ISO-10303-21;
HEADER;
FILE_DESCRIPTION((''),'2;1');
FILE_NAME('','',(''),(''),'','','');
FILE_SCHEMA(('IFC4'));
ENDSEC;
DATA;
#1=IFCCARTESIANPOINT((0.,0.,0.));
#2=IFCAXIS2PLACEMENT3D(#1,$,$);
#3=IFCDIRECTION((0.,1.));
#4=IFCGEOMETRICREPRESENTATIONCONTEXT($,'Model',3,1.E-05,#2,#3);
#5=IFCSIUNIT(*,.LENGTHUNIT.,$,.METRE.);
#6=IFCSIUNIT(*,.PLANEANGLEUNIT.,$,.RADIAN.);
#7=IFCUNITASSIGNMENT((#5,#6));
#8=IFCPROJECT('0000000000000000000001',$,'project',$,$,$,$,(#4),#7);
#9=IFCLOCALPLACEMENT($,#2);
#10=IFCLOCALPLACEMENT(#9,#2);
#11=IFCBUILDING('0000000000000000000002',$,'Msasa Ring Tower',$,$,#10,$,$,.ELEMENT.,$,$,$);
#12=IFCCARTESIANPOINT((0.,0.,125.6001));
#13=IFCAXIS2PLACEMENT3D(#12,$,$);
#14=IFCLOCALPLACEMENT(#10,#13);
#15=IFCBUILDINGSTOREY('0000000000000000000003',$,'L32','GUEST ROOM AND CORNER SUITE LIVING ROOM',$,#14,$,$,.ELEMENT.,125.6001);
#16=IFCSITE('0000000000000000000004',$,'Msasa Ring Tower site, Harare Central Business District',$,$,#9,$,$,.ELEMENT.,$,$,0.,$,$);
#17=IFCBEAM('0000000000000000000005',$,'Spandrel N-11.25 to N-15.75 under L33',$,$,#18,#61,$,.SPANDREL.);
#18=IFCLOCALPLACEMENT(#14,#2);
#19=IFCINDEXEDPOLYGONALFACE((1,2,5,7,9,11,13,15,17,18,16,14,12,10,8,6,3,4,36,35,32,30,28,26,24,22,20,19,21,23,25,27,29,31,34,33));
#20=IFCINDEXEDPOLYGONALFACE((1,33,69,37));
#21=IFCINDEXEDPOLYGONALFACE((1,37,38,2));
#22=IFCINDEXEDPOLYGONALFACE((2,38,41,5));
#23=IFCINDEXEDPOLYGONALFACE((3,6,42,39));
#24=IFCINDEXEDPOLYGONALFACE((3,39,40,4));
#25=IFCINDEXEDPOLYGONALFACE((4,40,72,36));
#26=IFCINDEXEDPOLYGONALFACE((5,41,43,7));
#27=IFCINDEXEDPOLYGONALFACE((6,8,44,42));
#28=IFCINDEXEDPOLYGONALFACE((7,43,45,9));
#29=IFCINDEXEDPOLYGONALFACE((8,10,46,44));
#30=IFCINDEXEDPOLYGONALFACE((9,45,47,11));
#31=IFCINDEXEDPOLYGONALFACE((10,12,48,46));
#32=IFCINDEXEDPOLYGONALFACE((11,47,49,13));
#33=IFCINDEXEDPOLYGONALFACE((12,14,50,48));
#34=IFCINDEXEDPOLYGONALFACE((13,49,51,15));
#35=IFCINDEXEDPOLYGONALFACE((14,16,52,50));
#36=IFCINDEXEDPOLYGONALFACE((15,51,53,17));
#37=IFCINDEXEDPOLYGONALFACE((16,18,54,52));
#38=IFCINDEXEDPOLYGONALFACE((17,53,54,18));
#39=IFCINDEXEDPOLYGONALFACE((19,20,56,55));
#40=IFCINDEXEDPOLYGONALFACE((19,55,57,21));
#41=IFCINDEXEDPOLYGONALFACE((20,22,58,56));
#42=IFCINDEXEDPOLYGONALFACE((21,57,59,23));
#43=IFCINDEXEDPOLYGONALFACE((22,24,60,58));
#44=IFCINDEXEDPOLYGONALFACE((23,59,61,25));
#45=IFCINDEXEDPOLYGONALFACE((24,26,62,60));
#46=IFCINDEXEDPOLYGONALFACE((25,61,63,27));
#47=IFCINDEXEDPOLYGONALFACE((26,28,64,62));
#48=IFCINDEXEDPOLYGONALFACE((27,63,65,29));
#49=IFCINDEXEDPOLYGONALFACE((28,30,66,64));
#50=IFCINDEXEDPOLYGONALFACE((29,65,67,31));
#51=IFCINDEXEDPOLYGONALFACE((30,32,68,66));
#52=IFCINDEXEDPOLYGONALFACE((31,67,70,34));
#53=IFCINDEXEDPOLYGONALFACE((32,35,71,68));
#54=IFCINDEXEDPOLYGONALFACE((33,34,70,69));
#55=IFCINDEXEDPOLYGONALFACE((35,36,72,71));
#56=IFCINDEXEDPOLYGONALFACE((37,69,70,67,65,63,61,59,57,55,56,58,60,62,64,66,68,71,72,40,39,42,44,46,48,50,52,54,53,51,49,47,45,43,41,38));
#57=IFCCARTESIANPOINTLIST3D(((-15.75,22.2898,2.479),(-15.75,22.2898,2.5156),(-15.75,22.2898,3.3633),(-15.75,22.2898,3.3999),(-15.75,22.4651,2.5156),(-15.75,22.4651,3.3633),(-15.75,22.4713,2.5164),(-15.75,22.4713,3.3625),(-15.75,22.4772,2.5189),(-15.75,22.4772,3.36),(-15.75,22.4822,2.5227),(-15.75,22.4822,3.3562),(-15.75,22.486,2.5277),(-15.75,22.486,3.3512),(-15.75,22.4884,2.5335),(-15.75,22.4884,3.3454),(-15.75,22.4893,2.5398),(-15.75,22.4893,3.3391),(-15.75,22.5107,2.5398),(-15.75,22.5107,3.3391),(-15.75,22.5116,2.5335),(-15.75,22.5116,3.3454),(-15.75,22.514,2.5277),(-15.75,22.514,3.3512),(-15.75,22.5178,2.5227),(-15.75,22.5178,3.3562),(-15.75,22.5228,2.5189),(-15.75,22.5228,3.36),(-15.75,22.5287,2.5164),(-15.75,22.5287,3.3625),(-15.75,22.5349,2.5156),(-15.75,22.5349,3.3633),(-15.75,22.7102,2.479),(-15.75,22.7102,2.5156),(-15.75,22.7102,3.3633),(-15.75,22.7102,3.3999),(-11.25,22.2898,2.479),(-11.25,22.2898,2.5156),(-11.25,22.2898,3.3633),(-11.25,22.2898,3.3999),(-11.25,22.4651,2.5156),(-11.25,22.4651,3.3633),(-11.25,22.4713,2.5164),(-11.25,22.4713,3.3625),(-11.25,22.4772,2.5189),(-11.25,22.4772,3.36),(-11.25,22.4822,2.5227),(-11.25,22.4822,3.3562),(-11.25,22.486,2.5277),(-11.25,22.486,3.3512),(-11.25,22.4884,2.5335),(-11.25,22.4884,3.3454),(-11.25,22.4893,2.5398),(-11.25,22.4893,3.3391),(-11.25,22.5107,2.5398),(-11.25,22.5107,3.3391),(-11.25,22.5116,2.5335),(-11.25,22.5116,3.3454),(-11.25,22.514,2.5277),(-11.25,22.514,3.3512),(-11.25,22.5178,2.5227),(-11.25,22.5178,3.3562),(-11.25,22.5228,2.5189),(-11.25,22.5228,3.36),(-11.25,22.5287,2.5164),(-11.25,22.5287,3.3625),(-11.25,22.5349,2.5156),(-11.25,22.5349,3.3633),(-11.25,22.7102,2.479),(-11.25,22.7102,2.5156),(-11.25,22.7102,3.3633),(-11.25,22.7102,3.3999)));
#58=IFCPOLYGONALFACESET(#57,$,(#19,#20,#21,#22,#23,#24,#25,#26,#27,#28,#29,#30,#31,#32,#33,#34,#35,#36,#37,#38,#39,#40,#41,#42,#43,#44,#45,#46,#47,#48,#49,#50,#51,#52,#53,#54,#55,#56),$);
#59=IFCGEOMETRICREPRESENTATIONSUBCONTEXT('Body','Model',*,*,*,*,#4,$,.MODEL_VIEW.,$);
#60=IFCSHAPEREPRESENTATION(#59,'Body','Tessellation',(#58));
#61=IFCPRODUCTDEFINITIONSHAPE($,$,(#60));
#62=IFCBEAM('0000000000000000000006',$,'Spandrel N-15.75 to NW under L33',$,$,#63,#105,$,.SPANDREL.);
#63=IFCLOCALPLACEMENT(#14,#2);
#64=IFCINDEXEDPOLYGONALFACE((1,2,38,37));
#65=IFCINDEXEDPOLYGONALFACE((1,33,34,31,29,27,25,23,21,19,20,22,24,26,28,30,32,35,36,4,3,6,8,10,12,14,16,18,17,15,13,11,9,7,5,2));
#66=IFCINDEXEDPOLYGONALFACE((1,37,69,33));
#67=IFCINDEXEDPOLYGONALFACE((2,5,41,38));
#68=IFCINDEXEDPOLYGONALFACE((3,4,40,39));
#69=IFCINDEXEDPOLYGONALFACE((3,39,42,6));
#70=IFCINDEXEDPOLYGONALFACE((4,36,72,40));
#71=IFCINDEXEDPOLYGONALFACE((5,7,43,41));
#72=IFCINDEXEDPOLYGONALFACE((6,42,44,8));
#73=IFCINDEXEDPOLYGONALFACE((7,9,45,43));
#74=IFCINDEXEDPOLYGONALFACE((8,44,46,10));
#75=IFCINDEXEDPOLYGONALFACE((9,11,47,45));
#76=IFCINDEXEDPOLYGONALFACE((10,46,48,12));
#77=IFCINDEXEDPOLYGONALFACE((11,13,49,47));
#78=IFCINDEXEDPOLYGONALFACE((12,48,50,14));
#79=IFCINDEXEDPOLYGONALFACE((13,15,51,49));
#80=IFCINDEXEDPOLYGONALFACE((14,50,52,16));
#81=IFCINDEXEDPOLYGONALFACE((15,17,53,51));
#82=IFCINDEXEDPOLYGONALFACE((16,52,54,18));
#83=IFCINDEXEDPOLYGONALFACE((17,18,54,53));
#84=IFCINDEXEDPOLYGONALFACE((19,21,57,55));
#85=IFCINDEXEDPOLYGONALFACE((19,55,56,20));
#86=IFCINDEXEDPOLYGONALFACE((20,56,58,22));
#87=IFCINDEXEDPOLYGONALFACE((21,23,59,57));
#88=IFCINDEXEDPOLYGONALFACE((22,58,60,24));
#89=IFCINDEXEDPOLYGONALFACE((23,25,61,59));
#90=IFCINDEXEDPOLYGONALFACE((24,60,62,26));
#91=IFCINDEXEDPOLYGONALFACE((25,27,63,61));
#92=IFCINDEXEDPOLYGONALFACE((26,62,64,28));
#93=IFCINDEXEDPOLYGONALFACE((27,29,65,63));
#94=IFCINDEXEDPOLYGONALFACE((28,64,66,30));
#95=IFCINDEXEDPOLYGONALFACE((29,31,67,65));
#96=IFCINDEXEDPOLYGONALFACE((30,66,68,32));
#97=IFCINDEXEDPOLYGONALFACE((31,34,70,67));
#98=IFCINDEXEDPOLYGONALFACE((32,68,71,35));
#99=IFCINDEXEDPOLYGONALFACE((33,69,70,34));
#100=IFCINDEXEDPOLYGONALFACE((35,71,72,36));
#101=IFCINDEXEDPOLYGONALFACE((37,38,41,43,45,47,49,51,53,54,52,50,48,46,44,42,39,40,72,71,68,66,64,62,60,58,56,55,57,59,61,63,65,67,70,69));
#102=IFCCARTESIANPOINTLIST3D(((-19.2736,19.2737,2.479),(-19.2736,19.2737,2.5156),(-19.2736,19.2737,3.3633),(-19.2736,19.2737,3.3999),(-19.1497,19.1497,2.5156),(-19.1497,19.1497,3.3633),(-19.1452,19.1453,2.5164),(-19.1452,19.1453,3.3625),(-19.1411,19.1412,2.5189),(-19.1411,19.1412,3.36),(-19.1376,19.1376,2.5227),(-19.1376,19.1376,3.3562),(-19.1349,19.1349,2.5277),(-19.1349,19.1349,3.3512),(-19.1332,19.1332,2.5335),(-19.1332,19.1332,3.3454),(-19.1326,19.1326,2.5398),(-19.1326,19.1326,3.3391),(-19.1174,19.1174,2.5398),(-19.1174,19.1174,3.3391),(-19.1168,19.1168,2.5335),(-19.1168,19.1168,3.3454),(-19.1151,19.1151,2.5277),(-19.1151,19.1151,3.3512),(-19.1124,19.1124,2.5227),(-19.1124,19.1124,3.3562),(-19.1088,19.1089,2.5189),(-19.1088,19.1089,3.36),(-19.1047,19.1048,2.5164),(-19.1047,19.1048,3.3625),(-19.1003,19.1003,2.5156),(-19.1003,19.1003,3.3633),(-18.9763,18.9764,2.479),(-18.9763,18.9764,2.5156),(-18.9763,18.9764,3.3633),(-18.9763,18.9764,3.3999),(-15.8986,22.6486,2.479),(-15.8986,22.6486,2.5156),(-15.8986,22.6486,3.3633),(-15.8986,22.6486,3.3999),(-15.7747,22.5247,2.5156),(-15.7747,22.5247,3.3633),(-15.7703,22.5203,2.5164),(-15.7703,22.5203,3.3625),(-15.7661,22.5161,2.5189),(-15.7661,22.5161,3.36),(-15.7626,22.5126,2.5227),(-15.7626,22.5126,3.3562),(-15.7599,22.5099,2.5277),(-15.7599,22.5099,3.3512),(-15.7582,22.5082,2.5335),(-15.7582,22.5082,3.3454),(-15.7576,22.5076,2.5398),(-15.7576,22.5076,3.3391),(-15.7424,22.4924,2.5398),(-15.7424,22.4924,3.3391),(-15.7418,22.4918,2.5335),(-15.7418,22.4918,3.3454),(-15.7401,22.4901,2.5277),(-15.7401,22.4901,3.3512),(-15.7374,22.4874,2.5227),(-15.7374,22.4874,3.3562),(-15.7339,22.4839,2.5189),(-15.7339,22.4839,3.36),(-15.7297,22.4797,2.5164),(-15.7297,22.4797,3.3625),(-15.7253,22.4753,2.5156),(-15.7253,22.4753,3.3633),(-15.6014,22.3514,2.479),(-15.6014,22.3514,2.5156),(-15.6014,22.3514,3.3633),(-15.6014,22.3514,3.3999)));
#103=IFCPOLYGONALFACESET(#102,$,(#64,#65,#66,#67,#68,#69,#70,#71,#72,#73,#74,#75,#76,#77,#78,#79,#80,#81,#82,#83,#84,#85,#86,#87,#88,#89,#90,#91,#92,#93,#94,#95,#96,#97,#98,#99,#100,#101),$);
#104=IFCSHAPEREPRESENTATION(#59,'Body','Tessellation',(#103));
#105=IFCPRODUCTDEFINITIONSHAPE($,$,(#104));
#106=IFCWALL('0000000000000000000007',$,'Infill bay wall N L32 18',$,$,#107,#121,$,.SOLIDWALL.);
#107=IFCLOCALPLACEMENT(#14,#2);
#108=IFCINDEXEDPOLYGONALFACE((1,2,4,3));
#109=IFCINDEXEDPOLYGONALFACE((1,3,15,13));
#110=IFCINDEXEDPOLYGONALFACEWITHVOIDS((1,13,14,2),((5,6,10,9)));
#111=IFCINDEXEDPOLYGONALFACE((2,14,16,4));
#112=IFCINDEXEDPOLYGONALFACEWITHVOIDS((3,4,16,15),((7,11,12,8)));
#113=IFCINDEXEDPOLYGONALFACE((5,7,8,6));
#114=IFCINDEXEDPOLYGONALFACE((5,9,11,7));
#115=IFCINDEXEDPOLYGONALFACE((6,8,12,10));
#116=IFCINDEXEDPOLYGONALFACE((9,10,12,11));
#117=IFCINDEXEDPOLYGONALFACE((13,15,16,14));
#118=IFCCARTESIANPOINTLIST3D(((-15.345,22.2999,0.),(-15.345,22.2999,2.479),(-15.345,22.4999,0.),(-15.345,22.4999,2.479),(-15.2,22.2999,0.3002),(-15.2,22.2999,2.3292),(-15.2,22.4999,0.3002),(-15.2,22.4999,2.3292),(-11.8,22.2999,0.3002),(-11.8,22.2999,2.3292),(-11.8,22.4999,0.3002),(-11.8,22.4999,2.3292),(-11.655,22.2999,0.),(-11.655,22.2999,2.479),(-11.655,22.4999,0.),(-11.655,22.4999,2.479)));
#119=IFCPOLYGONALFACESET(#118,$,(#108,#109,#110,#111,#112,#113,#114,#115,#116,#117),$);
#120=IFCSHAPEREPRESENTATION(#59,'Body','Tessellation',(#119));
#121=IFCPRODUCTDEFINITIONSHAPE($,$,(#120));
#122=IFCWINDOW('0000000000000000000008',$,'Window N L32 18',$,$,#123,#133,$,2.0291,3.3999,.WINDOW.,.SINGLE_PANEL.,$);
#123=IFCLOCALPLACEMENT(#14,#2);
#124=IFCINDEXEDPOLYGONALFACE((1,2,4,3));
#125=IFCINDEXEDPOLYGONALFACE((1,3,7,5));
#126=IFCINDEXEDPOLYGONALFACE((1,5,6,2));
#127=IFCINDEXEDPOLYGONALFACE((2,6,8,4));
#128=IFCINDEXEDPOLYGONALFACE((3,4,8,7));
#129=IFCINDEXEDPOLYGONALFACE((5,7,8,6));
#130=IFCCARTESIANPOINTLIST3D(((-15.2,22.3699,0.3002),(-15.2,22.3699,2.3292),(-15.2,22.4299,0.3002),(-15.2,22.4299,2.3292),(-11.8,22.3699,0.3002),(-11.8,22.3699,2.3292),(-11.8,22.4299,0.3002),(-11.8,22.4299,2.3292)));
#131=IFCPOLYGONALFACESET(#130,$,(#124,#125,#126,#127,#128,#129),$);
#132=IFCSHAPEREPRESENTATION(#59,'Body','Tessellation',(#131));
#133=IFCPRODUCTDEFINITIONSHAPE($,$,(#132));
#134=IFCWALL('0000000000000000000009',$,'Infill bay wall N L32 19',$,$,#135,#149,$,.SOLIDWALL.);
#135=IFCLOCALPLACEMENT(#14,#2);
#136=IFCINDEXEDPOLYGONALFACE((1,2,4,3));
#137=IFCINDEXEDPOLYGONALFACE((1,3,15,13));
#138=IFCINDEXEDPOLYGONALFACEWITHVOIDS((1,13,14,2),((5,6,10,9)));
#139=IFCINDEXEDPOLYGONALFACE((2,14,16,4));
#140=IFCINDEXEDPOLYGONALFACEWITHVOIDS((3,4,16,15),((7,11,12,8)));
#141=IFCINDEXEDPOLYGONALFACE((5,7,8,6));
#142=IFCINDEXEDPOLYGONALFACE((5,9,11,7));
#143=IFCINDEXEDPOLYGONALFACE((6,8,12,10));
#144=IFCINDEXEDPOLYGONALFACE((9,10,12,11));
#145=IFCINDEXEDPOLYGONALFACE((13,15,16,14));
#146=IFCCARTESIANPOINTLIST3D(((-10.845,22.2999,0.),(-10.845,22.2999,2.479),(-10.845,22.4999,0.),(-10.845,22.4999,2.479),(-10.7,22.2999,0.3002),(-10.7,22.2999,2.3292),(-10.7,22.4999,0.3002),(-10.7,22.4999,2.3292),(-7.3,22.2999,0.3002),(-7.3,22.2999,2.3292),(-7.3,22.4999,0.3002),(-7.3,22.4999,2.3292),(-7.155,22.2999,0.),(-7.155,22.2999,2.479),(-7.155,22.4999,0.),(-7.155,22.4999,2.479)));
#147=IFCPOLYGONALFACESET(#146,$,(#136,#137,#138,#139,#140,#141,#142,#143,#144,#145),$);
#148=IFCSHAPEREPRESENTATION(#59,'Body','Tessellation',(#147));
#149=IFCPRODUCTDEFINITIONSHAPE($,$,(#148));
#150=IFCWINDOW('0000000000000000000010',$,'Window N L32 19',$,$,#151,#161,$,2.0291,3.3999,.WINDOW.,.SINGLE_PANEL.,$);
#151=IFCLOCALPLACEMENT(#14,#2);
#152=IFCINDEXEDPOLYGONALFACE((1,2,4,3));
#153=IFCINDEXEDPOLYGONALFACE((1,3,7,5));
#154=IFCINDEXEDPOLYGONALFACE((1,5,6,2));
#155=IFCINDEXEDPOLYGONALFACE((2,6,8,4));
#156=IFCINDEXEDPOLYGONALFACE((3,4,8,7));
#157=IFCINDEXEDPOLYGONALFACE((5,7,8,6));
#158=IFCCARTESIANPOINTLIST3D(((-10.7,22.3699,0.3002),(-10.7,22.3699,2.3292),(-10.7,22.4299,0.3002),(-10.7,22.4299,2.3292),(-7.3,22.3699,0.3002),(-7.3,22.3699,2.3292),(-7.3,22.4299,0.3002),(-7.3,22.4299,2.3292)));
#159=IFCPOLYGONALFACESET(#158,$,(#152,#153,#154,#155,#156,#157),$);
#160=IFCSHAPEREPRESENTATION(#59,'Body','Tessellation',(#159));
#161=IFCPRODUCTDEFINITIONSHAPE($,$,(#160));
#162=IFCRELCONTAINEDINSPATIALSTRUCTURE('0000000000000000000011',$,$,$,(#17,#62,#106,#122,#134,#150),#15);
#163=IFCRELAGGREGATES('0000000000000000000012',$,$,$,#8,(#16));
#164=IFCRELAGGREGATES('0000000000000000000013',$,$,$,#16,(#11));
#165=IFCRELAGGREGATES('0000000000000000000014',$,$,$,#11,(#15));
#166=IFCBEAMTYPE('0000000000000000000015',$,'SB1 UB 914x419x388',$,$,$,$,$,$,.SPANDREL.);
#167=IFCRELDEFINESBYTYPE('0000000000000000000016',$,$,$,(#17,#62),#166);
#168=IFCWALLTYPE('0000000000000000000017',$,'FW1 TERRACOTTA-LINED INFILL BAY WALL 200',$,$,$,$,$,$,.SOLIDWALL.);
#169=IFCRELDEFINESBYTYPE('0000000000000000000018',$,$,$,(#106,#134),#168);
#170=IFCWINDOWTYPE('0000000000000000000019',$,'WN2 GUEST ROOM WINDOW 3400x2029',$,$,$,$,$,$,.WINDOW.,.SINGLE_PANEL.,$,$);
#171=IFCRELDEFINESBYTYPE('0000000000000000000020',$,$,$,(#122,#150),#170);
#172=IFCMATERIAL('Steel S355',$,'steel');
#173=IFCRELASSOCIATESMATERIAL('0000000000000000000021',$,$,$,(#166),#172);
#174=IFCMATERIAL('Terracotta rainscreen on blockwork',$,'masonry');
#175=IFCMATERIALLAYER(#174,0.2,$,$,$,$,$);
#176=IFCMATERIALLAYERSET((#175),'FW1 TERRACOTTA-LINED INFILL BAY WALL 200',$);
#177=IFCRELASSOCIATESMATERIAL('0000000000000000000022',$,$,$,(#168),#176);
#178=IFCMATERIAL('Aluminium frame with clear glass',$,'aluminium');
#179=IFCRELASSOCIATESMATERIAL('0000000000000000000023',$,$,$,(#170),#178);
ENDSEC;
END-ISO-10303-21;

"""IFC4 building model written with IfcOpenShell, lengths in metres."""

from ifc_helpers import new_model, si_unit, direction, frame, frame_2d, origin, origin_2d, place, context, subcontext, project, spatial, rectangle, i_section, extrude, material, layer, layer_set, material_profile, profile_set, type_object, element, fill, save


model = new_model("IFC4")

# Units and contexts
model_context = context("Model", 3, precision=1e-05, world=origin(), true_north=direction((0.0, 1.0)))
body_context = subcontext(model_context, "Body", "Model", "MODEL_VIEW")
ifc_project = project(units=[si_unit("LENGTHUNIT", "METRE"), si_unit("PLANEANGLEUNIT", "RADIAN")], contexts=[model_context])

# Site, building, storey
site_placement = place(None, origin())
site = spatial("IfcSite", under=ifc_project, at=site_placement, Name="Msasa Ring Tower site, Harare Central Business District", CompositionType="ELEMENT", RefElevation=0.0)
building_placement = place(site_placement, origin())
building = spatial("IfcBuilding", under=site, at=building_placement, Name="Msasa Ring Tower", CompositionType="ELEMENT")
storey_placement = place(building_placement, frame((0.0, 0.0, 125.6001)))
storey = spatial("IfcBuildingStorey", under=building, at=storey_placement, Name="L32", Description="GUEST ROOM AND CORNER SUITE LIVING ROOM", CompositionType="ELEMENT", Elevation=125.6001)

# Beams
ifc_material_1 = material(Name="Steel S355", Category="steel")
ifc_material_profile_1 = material_profile(ifc_material_1, i_section(OverallWidth=0.4204, OverallDepth=0.9209, WebThickness=0.0215, FlangeThickness=0.0366, FilletRadius=0.0242, at=origin_2d()), Name="UB 914x419x388")
ifc_profile_set_1 = profile_set([ifc_material_profile_1], Name="Steel S355")
beam_type_1 = type_object("IfcBeamType", Name="SB1 UB 914x419x388", PredefinedType="SPANDREL", material=ifc_profile_set_1)
for number, where, z_axis, x_axis, name in (
    (1, (-11.25, 22.5, 2.9395), (-1.0, 0.0, 0.0), (0.0, -1.0, 0.0), "Spandrel N-11.25 to N-15.75 under L33"),
):
    element("IfcBeam", number, at=place(storey_placement, frame(where, z_axis=z_axis, x_axis=x_axis)), inside=storey, type_object=beam_type_1, Name=name, PredefinedType="SPANDREL", context=body_context, shape_type="SweptSolid", body=[
        extrude(i_section(OverallWidth=0.4204, OverallDepth=0.9209, WebThickness=0.0215, FlangeThickness=0.0366, FilletRadius=0.0242, at=origin_2d()), origin(), (0.0, 0.0, 1.0), 4.5),
    ])
beam_placement = place(storey_placement, frame((-15.75, 22.5, 2.9395), z_axis=(-0.707107, -0.707107, 0.0), x_axis=(0.707107, -0.707107, 0.0)))
element("IfcBeam", 2, at=beam_placement, inside=storey, type_object=beam_type_1, Name="Spandrel N-15.75 to NW under L33", PredefinedType="SPANDREL", context=body_context, shape_type="SweptSolid", body=[
    extrude(i_section(OverallWidth=0.4204, OverallDepth=0.9209, WebThickness=0.0215, FlangeThickness=0.0366, FilletRadius=0.0242, at=origin_2d()), origin(), (0.0, 0.0, 1.0), 4.7729),
])

# Walls, openings, windows
ifc_material_2 = material(Name="Terracotta rainscreen on blockwork", Category="masonry")
ifc_layer_1 = layer(ifc_material_2, 0.2)
ifc_layer_set_1 = layer_set([ifc_layer_1], Name="FW1 TERRACOTTA-LINED INFILL BAY WALL 200")
wall_type_1 = type_object("IfcWallType", Name="FW1 TERRACOTTA-LINED INFILL BAY WALL 200", PredefinedType="SOLIDWALL", material=ifc_layer_set_1)
wall_1_placement = place(storey_placement, frame((-15.345, 22.3999, 0.0), z_axis=(0.0, 0.0, 1.0), x_axis=(1.0, 0.0, 0.0)))
wall_1 = element("IfcWall", 3, at=wall_1_placement, inside=storey, type_object=wall_type_1, Name="Infill bay wall N L32 18", PredefinedType="SOLIDWALL", context=body_context, shape_type="SweptSolid", body=[
    extrude(rectangle(XDim=3.6899, YDim=0.2, at=frame_2d((1.845, 0.0))), origin(), (0.0, 0.0, 1.0), 2.479),
])
opening_1_placement = place(wall_1_placement, frame((0.145, 0.0, 0.3)))
opening_1 = element("IfcOpeningElement", 4, at=opening_1_placement, cuts=wall_1, PredefinedType="OPENING", context=body_context, shape_type="SweptSolid", body=[
    extrude(rectangle(XDim=3.3999, YDim=2.0291, at=frame_2d((1.7, 1.0146))), frame((0.0, 0.1099, 0.0), z_axis=(0.0, -1.0, 0.0), x_axis=(1.0, 0.0, 0.0)), (0.0, 0.0, 1.0), 0.22),
])
ifc_material_3 = material(Name="Aluminium frame with clear glass", Category="aluminium")
window_type = type_object("IfcWindowType", Name="WN2 GUEST ROOM WINDOW 3400x2029", PartitioningType="SINGLE_PANEL", PredefinedType="WINDOW", material=ifc_material_3)
window_1_placement = place(opening_1_placement, origin())
window_1 = element("IfcWindow", 5, at=window_1_placement, inside=storey, type_object=window_type, Name="Window N L32 18", OverallHeight=2.0291, OverallWidth=3.3999, PartitioningType="SINGLE_PANEL", PredefinedType="WINDOW", context=body_context, shape_type="SweptSolid", body=[
    extrude(rectangle(XDim=3.3999, YDim=2.0291, at=frame_2d((1.7, 1.0146))), frame((0.0, 0.03, 0.0), z_axis=(0.0, -1.0, 0.0), x_axis=(1.0, 0.0, 0.0)), (0.0, 0.0, 1.0), 0.0601),
])
fill(opening_1, window_1)
wall_2_placement = place(storey_placement, frame((-10.845, 22.3999, 0.0), z_axis=(0.0, 0.0, 1.0), x_axis=(1.0, 0.0, 0.0)))
wall_2 = element("IfcWall", 6, at=wall_2_placement, inside=storey, type_object=wall_type_1, Name="Infill bay wall N L32 19", PredefinedType="SOLIDWALL", context=body_context, shape_type="SweptSolid", body=[
    extrude(rectangle(XDim=3.6899, YDim=0.2, at=frame_2d((1.845, 0.0))), origin(), (0.0, 0.0, 1.0), 2.479),
])
opening_2_placement = place(wall_2_placement, frame((0.145, 0.0, 0.3)))
opening_2 = element("IfcOpeningElement", 7, at=opening_2_placement, cuts=wall_2, PredefinedType="OPENING", context=body_context, shape_type="SweptSolid", body=[
    extrude(rectangle(XDim=3.3999, YDim=2.0291, at=frame_2d((1.7, 1.0146))), frame((0.0, 0.1099, 0.0), z_axis=(0.0, -1.0, 0.0), x_axis=(1.0, 0.0, 0.0)), (0.0, 0.0, 1.0), 0.22),
])
window_2_placement = place(opening_2_placement, origin())
window_2 = element("IfcWindow", 8, at=window_2_placement, inside=storey, type_object=window_type, Name="Window N L32 19", OverallHeight=2.0291, OverallWidth=3.3999, PartitioningType="SINGLE_PANEL", PredefinedType="WINDOW", context=body_context, shape_type="SweptSolid", body=[
    extrude(rectangle(XDim=3.3999, YDim=2.0291, at=frame_2d((1.7, 1.0146))), frame((0.0, 0.03, 0.0), z_axis=(0.0, -1.0, 0.0), x_axis=(1.0, 0.0, 0.0)), (0.0, 0.0, 1.0), 0.0601),
])
fill(opening_2, window_2)

save(model, "model.ifc")
